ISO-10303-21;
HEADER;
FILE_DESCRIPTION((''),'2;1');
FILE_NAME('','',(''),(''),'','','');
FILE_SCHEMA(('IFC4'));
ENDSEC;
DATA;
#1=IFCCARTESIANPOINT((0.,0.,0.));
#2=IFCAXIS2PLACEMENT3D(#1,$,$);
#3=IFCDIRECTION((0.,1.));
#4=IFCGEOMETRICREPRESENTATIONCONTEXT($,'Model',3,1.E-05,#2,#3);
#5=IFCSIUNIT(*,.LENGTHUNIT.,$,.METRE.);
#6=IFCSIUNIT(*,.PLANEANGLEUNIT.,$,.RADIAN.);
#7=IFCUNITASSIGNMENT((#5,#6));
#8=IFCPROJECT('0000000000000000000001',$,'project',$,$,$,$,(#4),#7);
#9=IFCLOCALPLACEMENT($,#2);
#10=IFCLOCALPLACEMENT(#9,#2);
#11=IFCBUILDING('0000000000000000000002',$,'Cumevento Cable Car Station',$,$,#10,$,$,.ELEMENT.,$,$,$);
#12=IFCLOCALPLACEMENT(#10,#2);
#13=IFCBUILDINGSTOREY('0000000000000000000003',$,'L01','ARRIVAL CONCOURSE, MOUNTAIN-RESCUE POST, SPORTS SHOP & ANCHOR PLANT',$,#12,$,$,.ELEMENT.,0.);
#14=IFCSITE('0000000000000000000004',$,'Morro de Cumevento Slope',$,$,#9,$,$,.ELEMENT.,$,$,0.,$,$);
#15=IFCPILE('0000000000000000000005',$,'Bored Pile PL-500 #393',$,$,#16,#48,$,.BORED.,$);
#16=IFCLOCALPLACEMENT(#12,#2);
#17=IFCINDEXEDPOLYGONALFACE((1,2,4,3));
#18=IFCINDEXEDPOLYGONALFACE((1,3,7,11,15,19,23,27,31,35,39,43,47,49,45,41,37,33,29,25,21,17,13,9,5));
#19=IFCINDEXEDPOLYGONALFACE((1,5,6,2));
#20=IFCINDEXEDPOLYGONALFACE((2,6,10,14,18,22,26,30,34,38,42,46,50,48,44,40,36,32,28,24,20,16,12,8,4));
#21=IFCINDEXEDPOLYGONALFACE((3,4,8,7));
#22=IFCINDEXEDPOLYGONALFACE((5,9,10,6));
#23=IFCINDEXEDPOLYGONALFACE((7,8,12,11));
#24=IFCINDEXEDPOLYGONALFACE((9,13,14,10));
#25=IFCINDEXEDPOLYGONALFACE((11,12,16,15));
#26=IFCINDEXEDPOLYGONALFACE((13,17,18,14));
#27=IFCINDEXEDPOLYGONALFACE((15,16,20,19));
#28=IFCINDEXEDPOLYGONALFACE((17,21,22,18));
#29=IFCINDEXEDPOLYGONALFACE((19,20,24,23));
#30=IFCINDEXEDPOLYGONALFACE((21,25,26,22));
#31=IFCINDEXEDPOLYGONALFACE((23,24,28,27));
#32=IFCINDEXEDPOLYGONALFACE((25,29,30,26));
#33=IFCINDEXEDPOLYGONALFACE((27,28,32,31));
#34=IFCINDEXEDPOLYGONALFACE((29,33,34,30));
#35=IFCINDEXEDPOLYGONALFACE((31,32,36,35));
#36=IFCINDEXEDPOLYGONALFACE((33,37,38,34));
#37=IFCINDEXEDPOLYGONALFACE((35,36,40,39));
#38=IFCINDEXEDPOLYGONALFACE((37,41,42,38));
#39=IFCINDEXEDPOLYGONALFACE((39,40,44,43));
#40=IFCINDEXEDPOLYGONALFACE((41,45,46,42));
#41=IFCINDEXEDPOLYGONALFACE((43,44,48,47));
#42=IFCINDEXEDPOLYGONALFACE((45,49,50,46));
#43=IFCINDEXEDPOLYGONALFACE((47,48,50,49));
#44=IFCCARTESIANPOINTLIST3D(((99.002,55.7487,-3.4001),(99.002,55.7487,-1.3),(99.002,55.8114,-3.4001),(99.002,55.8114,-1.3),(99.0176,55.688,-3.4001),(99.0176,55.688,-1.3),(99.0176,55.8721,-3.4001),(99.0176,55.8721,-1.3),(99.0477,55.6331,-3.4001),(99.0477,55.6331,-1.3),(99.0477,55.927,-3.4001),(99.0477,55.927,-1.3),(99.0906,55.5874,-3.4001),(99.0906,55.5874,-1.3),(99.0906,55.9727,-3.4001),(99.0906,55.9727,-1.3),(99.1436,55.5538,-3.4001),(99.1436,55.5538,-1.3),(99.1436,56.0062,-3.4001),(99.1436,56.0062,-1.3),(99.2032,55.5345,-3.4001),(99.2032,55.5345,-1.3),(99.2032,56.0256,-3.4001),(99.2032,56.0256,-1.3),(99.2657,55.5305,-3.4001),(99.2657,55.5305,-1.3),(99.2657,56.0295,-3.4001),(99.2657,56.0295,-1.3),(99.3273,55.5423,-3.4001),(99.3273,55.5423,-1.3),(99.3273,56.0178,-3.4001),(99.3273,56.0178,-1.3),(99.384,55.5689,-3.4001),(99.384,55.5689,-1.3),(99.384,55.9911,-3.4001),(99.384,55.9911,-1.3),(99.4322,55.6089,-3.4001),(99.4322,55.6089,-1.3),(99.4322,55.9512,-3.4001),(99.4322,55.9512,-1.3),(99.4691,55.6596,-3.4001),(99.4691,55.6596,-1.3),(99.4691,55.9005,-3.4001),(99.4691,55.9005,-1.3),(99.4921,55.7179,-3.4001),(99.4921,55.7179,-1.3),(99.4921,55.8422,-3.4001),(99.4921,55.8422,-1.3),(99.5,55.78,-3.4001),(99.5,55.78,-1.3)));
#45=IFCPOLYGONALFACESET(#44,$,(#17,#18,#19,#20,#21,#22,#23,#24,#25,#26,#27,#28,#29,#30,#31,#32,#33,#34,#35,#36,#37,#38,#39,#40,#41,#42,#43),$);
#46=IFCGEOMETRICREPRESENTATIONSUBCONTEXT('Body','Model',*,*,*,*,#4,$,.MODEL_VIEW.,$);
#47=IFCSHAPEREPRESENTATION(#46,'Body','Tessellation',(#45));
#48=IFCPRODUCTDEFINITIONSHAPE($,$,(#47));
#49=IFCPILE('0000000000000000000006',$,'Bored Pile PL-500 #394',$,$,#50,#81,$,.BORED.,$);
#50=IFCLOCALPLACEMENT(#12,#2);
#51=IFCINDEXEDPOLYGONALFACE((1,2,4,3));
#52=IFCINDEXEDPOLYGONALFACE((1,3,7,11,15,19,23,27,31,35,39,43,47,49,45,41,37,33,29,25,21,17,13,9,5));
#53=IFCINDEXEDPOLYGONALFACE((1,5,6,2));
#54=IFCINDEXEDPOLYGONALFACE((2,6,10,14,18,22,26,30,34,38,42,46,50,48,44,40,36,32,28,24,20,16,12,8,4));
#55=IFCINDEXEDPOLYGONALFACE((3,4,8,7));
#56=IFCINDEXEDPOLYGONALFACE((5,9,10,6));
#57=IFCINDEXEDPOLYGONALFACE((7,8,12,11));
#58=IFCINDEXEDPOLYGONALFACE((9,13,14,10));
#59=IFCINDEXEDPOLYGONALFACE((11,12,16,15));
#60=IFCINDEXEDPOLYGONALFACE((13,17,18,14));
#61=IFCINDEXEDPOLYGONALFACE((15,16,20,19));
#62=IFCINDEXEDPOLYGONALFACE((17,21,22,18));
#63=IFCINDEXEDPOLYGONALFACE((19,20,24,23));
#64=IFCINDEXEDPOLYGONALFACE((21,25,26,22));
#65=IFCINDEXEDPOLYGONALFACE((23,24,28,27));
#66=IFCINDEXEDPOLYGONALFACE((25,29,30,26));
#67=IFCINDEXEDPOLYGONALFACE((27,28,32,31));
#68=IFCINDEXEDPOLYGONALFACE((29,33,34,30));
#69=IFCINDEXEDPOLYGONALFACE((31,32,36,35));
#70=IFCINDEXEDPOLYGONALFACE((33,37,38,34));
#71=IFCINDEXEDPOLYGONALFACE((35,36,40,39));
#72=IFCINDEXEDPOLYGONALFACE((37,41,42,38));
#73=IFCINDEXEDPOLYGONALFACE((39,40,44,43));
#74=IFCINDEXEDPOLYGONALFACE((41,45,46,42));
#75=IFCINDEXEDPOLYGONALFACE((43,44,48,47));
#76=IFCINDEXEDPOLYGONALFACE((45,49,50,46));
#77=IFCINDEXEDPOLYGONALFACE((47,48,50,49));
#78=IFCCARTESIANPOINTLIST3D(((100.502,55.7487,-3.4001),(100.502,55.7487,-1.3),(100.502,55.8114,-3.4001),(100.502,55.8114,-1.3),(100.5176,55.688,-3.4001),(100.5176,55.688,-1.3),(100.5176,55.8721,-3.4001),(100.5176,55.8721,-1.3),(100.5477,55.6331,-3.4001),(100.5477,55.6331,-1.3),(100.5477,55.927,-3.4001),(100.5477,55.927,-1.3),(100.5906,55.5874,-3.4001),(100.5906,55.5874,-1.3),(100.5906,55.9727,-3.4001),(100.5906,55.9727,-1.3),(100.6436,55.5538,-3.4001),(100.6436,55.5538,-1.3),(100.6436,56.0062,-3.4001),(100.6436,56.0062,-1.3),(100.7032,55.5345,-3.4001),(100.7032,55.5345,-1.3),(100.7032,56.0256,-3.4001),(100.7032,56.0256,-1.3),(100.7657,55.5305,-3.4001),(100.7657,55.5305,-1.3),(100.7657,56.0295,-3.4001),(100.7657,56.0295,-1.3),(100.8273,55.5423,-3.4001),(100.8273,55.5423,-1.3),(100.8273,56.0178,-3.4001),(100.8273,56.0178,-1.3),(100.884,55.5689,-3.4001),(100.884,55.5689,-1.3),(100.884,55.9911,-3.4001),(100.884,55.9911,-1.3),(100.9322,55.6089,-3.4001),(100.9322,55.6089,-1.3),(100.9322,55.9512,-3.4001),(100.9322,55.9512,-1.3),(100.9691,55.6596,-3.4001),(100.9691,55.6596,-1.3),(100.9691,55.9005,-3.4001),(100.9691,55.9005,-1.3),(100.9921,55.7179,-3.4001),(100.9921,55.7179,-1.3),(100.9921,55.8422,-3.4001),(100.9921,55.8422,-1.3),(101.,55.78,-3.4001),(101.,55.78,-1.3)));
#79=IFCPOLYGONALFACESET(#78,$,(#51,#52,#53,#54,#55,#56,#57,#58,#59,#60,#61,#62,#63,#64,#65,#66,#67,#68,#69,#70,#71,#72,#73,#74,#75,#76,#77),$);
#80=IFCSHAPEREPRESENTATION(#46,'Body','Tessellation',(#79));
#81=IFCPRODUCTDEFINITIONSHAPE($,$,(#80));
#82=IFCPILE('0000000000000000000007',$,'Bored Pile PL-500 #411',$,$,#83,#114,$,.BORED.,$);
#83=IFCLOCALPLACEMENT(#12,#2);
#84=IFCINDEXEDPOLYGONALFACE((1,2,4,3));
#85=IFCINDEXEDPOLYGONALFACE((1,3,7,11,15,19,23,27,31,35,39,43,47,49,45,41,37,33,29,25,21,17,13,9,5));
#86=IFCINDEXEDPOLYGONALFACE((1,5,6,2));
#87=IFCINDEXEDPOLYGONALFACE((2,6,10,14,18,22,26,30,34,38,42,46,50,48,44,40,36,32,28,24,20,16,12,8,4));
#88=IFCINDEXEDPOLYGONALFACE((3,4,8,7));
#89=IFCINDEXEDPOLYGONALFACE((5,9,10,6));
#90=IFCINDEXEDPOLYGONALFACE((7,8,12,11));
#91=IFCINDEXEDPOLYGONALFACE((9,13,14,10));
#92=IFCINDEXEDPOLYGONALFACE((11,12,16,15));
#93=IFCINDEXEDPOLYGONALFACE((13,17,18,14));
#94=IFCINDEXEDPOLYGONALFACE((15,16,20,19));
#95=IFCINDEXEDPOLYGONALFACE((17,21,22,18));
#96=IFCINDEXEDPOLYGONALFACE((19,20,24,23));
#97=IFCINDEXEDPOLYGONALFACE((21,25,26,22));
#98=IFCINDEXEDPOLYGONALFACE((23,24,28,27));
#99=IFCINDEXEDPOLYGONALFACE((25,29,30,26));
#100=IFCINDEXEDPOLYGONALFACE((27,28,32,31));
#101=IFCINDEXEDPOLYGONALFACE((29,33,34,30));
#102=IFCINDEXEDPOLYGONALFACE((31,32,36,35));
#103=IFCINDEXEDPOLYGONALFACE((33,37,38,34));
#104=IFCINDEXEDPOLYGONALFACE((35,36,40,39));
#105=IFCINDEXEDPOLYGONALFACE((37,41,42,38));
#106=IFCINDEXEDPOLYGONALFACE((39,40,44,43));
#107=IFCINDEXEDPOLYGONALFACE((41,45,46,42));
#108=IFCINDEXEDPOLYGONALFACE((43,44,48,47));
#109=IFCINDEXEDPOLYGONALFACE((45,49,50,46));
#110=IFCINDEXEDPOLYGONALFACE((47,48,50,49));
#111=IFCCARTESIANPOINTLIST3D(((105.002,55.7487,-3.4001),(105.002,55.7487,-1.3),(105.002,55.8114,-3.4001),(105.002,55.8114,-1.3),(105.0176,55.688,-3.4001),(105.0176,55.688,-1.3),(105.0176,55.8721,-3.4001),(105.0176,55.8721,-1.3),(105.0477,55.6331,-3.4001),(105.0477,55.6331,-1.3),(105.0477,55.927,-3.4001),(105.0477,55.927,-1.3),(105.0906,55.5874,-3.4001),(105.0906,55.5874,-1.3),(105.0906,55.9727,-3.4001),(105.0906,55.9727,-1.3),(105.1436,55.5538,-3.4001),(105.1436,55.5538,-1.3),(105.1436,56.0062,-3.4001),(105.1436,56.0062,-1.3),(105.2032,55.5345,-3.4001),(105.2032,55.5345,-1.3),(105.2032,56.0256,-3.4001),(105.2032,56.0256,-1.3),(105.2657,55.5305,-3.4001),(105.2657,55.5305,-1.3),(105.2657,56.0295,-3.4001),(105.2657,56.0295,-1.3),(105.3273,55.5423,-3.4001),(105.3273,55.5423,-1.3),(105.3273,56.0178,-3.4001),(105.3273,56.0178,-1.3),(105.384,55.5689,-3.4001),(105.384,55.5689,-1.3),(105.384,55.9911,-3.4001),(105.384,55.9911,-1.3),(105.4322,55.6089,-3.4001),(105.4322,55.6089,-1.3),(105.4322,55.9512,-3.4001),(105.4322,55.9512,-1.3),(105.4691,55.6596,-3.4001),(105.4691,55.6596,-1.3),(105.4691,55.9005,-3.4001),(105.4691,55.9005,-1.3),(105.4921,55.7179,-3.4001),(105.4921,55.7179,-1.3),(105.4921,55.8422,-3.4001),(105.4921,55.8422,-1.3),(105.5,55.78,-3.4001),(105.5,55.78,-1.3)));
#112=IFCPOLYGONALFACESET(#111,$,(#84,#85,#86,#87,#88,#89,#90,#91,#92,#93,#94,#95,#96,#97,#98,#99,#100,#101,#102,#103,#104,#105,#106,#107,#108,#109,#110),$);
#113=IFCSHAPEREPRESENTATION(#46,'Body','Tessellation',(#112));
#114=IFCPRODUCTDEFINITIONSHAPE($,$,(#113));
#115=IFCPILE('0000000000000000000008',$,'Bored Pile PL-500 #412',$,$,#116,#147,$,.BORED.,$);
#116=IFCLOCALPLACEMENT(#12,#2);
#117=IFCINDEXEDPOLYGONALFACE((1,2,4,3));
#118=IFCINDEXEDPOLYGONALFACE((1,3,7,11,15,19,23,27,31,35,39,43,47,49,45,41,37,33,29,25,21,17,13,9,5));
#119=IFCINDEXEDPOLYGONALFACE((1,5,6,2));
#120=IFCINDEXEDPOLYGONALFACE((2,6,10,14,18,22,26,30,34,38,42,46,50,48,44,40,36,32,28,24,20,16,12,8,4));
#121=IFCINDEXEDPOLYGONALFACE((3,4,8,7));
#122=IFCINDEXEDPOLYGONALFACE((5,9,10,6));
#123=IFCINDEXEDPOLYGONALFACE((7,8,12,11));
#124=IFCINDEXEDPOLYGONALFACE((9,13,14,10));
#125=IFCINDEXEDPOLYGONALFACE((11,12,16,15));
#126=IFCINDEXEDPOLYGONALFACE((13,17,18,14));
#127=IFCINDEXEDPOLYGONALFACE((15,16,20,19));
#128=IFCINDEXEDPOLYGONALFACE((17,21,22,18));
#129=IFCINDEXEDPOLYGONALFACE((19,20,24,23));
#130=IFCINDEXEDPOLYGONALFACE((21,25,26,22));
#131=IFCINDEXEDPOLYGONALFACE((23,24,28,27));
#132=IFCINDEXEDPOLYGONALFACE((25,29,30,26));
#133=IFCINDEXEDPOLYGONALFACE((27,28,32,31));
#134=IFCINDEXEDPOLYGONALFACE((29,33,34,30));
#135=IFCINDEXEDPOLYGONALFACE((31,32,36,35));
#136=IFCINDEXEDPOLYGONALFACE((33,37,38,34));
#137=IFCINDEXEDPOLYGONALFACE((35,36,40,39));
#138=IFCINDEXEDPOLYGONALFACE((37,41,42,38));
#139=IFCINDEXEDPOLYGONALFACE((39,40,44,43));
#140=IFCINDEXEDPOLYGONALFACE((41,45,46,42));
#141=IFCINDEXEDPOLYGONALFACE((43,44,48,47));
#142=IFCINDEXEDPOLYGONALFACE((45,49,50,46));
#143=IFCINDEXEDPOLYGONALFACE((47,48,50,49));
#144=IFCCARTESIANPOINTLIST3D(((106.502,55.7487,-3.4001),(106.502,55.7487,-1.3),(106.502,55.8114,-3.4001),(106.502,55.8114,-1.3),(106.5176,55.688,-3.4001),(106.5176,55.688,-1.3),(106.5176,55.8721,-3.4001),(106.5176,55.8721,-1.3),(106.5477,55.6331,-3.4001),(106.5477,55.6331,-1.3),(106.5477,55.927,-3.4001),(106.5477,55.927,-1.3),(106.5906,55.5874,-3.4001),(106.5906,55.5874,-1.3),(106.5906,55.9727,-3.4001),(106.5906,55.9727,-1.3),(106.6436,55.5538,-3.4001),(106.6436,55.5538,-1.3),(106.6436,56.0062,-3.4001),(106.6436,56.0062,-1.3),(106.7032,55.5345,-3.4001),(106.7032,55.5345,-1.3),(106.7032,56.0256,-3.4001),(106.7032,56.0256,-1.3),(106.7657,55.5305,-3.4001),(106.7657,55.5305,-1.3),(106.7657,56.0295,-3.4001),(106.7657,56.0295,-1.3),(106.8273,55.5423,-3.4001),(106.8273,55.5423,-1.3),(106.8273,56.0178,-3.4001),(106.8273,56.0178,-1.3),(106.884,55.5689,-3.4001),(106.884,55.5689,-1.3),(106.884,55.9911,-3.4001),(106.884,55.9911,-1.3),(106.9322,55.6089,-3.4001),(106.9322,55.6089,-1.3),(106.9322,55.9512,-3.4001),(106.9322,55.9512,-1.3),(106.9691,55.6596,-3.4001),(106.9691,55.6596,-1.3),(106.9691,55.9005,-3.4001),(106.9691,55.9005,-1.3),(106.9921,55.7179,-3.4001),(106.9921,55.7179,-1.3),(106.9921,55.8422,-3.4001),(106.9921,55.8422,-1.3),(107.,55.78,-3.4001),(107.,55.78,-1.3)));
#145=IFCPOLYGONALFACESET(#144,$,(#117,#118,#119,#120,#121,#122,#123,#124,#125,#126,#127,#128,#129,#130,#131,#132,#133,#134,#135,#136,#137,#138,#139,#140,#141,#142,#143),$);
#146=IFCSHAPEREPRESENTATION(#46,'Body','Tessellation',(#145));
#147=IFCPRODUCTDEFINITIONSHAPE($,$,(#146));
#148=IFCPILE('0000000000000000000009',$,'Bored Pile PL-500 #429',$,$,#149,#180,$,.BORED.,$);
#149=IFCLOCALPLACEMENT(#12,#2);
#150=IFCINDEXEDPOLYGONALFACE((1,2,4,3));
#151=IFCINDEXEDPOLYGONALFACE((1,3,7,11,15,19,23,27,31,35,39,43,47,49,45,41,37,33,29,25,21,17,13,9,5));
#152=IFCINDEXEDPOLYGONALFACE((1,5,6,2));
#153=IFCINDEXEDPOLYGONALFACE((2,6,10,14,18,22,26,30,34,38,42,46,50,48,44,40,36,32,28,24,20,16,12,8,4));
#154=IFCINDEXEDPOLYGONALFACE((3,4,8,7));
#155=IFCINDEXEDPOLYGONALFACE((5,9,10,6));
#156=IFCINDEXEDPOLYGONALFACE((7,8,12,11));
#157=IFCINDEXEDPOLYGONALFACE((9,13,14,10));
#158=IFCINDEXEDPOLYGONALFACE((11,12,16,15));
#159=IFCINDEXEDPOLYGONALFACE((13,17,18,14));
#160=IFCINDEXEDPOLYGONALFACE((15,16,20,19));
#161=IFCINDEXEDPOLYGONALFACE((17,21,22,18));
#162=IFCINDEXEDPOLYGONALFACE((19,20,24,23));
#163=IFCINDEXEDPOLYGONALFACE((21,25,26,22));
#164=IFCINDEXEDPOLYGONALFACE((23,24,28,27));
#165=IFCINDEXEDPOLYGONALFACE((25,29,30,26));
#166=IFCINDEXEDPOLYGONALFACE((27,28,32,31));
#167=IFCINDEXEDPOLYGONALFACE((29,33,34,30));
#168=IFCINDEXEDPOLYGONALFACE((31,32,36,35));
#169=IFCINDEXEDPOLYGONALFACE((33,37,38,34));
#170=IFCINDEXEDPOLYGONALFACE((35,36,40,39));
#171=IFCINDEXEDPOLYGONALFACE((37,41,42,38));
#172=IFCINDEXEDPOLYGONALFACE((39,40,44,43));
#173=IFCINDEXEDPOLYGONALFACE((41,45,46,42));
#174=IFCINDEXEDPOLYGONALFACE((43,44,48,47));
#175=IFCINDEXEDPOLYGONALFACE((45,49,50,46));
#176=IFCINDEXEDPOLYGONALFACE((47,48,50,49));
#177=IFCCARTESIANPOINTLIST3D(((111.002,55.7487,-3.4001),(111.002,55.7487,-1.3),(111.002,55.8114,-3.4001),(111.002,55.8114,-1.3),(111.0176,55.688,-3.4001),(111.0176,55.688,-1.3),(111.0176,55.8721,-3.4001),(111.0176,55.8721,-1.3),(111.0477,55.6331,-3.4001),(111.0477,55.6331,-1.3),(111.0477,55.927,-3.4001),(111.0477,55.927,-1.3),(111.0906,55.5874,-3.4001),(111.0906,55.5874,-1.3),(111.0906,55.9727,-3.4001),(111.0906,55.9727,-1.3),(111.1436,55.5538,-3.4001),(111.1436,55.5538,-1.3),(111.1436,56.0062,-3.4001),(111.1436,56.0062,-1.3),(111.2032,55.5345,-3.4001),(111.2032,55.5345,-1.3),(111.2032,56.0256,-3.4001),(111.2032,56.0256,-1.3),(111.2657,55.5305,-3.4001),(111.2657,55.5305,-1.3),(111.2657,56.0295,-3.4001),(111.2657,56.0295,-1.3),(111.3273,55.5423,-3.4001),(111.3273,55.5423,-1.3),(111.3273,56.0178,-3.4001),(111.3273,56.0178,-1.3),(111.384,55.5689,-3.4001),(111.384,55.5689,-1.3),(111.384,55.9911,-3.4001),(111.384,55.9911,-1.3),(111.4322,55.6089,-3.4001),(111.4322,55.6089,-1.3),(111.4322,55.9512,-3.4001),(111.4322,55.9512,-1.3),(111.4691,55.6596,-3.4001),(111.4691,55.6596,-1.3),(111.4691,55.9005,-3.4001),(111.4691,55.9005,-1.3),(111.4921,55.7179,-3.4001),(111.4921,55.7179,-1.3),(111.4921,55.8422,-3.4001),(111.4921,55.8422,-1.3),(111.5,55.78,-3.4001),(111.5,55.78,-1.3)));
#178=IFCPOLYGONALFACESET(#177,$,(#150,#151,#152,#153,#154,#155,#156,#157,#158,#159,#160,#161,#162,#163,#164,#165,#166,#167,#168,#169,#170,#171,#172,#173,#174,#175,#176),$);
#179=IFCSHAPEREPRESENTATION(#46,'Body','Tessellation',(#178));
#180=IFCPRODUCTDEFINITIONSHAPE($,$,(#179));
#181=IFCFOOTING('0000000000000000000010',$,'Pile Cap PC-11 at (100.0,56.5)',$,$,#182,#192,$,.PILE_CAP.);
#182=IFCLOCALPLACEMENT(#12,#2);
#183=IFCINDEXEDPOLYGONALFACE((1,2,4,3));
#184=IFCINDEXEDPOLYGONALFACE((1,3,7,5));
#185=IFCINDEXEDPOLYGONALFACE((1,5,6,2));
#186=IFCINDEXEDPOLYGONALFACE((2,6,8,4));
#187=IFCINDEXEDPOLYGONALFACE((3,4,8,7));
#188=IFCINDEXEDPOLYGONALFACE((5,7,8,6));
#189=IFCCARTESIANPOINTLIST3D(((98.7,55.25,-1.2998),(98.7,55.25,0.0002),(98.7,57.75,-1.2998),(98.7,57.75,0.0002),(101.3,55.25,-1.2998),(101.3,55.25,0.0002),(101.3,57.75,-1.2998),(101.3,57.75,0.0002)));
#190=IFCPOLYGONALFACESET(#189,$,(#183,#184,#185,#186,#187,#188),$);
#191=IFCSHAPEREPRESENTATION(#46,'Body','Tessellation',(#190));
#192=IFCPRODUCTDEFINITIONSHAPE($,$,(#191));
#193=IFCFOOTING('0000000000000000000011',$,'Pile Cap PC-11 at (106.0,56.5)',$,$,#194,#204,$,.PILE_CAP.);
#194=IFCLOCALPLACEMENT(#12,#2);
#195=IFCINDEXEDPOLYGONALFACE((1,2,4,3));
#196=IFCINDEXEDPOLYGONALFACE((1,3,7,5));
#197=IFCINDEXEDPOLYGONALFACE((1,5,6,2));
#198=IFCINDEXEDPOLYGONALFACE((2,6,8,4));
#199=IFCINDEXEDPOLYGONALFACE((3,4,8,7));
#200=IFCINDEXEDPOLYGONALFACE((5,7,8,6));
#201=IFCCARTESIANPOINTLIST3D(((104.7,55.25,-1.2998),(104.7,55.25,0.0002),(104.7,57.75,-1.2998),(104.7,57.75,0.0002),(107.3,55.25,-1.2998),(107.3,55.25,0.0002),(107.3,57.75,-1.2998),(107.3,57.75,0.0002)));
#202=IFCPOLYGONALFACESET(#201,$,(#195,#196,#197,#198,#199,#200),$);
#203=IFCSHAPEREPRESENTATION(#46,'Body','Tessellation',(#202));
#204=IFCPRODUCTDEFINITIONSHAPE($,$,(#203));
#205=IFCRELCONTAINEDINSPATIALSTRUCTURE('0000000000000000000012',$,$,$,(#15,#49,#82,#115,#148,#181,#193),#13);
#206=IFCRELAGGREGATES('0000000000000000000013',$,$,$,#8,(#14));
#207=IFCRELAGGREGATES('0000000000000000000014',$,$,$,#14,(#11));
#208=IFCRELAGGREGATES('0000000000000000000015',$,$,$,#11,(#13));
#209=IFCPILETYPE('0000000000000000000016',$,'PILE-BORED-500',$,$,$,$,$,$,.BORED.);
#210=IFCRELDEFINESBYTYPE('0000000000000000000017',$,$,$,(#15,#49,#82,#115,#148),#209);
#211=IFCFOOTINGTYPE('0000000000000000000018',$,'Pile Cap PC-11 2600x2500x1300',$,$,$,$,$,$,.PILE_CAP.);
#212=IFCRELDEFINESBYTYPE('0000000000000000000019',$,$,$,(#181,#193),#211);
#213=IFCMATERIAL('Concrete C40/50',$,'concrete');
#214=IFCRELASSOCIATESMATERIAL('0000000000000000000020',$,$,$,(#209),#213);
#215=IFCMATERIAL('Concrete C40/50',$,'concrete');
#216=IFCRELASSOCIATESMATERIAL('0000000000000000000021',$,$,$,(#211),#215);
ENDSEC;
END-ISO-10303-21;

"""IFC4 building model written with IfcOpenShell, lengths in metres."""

from ifc_helpers import new_model, si_unit, direction, frame, origin, origin_2d, place, context, subcontext, project, spatial, rectangle, circle, extrude, material, material_profile, profile_set, type_object, element, save


model = new_model("IFC4")

# Units and contexts
model_context = context("Model", 3, precision=1e-05, world=origin(), true_north=direction((0.0, 1.0)))
body_context = subcontext(model_context, "Body", "Model", "MODEL_VIEW")
ifc_project = project(units=[si_unit("LENGTHUNIT", "METRE"), si_unit("PLANEANGLEUNIT", "RADIAN")], contexts=[model_context])

# Site, building, storey
site_placement = place(None, origin())
site = spatial("IfcSite", under=ifc_project, at=site_placement, Name="Morro de Cumevento Slope", CompositionType="ELEMENT", RefElevation=0.0)
building_placement = place(site_placement, origin())
building = spatial("IfcBuilding", under=site, at=building_placement, Name="Cumevento Cable Car Station", CompositionType="ELEMENT")
storey_placement = place(building_placement, origin())
storey = spatial("IfcBuildingStorey", under=building, at=storey_placement, Name="L01", Description="ARRIVAL CONCOURSE, MOUNTAIN-RESCUE POST, SPORTS SHOP & ANCHOR PLANT", CompositionType="ELEMENT", Elevation=0.0)

# Piles
ifc_material_1 = material(Name="Concrete C40/50", Category="concrete")
ifc_material_profile_1 = material_profile(ifc_material_1, circle(Radius=0.25, at=origin_2d()), Name="PILE-D500")
ifc_profile_set_1 = profile_set([ifc_material_profile_1], Name="Concrete C40/50")
pile_type_1 = type_object("IfcPileType", Name="PILE-BORED-500", PredefinedType="BORED", material=ifc_profile_set_1)
for number, where, z_axis, x_axis, name in (
    (1, (99.25, 55.78, -1.3), (0.0, 0.0, -1.0), (1.0, 0.0, 0.0), "Bored Pile PL-500 #393"),
    (2, (100.75, 55.78, -1.3), (0.0, 0.0, -1.0), (1.0, 0.0, 0.0), "Bored Pile PL-500 #394"),
    (3, (105.25, 55.78, -1.3), (0.0, 0.0, -1.0), (1.0, 0.0, 0.0), "Bored Pile PL-500 #411"),
    (4, (106.75, 55.78, -1.3), (0.0, 0.0, -1.0), (1.0, 0.0, 0.0), "Bored Pile PL-500 #412"),
    (5, (111.25, 55.78, -1.3), (0.0, 0.0, -1.0), (1.0, 0.0, 0.0), "Bored Pile PL-500 #429"),
):
    element("IfcPile", number, at=place(storey_placement, frame(where, z_axis=z_axis, x_axis=x_axis)), inside=storey, type_object=pile_type_1, Name=name, PredefinedType="BORED", context=body_context, shape_type="SweptSolid", body=[
        extrude(circle(Radius=0.25, at=origin_2d()), origin(), (0.0, 0.0, 1.0), 2.1001),
    ])

# Footings
ifc_material_2 = material(Name="Concrete C40/50", Category="concrete")
footing_type = type_object("IfcFootingType", Name="Pile Cap PC-11 2600x2500x1300", PredefinedType="PILE_CAP", material=ifc_material_2)
for number, where, z_axis, x_axis, name in (
    (6, (100.0, 56.5, -1.2998), (0.0, 0.0, 1.0), (1.0, 0.0, 0.0), "Pile Cap PC-11 at (100.0,56.5)"),
    (7, (106.0, 56.5, -1.2998), (0.0, 0.0, 1.0), (1.0, 0.0, 0.0), "Pile Cap PC-11 at (106.0,56.5)"),
):
    element("IfcFooting", number, at=place(storey_placement, frame(where, z_axis=z_axis, x_axis=x_axis)), inside=storey, type_object=footing_type, Name=name, PredefinedType="PILE_CAP", context=body_context, shape_type="SweptSolid", body=[
        extrude(rectangle(XDim=2.6001, YDim=2.5, at=origin_2d()), origin(), (0.0, 0.0, 1.0), 1.3),
    ])

save(model, "model.ifc")
